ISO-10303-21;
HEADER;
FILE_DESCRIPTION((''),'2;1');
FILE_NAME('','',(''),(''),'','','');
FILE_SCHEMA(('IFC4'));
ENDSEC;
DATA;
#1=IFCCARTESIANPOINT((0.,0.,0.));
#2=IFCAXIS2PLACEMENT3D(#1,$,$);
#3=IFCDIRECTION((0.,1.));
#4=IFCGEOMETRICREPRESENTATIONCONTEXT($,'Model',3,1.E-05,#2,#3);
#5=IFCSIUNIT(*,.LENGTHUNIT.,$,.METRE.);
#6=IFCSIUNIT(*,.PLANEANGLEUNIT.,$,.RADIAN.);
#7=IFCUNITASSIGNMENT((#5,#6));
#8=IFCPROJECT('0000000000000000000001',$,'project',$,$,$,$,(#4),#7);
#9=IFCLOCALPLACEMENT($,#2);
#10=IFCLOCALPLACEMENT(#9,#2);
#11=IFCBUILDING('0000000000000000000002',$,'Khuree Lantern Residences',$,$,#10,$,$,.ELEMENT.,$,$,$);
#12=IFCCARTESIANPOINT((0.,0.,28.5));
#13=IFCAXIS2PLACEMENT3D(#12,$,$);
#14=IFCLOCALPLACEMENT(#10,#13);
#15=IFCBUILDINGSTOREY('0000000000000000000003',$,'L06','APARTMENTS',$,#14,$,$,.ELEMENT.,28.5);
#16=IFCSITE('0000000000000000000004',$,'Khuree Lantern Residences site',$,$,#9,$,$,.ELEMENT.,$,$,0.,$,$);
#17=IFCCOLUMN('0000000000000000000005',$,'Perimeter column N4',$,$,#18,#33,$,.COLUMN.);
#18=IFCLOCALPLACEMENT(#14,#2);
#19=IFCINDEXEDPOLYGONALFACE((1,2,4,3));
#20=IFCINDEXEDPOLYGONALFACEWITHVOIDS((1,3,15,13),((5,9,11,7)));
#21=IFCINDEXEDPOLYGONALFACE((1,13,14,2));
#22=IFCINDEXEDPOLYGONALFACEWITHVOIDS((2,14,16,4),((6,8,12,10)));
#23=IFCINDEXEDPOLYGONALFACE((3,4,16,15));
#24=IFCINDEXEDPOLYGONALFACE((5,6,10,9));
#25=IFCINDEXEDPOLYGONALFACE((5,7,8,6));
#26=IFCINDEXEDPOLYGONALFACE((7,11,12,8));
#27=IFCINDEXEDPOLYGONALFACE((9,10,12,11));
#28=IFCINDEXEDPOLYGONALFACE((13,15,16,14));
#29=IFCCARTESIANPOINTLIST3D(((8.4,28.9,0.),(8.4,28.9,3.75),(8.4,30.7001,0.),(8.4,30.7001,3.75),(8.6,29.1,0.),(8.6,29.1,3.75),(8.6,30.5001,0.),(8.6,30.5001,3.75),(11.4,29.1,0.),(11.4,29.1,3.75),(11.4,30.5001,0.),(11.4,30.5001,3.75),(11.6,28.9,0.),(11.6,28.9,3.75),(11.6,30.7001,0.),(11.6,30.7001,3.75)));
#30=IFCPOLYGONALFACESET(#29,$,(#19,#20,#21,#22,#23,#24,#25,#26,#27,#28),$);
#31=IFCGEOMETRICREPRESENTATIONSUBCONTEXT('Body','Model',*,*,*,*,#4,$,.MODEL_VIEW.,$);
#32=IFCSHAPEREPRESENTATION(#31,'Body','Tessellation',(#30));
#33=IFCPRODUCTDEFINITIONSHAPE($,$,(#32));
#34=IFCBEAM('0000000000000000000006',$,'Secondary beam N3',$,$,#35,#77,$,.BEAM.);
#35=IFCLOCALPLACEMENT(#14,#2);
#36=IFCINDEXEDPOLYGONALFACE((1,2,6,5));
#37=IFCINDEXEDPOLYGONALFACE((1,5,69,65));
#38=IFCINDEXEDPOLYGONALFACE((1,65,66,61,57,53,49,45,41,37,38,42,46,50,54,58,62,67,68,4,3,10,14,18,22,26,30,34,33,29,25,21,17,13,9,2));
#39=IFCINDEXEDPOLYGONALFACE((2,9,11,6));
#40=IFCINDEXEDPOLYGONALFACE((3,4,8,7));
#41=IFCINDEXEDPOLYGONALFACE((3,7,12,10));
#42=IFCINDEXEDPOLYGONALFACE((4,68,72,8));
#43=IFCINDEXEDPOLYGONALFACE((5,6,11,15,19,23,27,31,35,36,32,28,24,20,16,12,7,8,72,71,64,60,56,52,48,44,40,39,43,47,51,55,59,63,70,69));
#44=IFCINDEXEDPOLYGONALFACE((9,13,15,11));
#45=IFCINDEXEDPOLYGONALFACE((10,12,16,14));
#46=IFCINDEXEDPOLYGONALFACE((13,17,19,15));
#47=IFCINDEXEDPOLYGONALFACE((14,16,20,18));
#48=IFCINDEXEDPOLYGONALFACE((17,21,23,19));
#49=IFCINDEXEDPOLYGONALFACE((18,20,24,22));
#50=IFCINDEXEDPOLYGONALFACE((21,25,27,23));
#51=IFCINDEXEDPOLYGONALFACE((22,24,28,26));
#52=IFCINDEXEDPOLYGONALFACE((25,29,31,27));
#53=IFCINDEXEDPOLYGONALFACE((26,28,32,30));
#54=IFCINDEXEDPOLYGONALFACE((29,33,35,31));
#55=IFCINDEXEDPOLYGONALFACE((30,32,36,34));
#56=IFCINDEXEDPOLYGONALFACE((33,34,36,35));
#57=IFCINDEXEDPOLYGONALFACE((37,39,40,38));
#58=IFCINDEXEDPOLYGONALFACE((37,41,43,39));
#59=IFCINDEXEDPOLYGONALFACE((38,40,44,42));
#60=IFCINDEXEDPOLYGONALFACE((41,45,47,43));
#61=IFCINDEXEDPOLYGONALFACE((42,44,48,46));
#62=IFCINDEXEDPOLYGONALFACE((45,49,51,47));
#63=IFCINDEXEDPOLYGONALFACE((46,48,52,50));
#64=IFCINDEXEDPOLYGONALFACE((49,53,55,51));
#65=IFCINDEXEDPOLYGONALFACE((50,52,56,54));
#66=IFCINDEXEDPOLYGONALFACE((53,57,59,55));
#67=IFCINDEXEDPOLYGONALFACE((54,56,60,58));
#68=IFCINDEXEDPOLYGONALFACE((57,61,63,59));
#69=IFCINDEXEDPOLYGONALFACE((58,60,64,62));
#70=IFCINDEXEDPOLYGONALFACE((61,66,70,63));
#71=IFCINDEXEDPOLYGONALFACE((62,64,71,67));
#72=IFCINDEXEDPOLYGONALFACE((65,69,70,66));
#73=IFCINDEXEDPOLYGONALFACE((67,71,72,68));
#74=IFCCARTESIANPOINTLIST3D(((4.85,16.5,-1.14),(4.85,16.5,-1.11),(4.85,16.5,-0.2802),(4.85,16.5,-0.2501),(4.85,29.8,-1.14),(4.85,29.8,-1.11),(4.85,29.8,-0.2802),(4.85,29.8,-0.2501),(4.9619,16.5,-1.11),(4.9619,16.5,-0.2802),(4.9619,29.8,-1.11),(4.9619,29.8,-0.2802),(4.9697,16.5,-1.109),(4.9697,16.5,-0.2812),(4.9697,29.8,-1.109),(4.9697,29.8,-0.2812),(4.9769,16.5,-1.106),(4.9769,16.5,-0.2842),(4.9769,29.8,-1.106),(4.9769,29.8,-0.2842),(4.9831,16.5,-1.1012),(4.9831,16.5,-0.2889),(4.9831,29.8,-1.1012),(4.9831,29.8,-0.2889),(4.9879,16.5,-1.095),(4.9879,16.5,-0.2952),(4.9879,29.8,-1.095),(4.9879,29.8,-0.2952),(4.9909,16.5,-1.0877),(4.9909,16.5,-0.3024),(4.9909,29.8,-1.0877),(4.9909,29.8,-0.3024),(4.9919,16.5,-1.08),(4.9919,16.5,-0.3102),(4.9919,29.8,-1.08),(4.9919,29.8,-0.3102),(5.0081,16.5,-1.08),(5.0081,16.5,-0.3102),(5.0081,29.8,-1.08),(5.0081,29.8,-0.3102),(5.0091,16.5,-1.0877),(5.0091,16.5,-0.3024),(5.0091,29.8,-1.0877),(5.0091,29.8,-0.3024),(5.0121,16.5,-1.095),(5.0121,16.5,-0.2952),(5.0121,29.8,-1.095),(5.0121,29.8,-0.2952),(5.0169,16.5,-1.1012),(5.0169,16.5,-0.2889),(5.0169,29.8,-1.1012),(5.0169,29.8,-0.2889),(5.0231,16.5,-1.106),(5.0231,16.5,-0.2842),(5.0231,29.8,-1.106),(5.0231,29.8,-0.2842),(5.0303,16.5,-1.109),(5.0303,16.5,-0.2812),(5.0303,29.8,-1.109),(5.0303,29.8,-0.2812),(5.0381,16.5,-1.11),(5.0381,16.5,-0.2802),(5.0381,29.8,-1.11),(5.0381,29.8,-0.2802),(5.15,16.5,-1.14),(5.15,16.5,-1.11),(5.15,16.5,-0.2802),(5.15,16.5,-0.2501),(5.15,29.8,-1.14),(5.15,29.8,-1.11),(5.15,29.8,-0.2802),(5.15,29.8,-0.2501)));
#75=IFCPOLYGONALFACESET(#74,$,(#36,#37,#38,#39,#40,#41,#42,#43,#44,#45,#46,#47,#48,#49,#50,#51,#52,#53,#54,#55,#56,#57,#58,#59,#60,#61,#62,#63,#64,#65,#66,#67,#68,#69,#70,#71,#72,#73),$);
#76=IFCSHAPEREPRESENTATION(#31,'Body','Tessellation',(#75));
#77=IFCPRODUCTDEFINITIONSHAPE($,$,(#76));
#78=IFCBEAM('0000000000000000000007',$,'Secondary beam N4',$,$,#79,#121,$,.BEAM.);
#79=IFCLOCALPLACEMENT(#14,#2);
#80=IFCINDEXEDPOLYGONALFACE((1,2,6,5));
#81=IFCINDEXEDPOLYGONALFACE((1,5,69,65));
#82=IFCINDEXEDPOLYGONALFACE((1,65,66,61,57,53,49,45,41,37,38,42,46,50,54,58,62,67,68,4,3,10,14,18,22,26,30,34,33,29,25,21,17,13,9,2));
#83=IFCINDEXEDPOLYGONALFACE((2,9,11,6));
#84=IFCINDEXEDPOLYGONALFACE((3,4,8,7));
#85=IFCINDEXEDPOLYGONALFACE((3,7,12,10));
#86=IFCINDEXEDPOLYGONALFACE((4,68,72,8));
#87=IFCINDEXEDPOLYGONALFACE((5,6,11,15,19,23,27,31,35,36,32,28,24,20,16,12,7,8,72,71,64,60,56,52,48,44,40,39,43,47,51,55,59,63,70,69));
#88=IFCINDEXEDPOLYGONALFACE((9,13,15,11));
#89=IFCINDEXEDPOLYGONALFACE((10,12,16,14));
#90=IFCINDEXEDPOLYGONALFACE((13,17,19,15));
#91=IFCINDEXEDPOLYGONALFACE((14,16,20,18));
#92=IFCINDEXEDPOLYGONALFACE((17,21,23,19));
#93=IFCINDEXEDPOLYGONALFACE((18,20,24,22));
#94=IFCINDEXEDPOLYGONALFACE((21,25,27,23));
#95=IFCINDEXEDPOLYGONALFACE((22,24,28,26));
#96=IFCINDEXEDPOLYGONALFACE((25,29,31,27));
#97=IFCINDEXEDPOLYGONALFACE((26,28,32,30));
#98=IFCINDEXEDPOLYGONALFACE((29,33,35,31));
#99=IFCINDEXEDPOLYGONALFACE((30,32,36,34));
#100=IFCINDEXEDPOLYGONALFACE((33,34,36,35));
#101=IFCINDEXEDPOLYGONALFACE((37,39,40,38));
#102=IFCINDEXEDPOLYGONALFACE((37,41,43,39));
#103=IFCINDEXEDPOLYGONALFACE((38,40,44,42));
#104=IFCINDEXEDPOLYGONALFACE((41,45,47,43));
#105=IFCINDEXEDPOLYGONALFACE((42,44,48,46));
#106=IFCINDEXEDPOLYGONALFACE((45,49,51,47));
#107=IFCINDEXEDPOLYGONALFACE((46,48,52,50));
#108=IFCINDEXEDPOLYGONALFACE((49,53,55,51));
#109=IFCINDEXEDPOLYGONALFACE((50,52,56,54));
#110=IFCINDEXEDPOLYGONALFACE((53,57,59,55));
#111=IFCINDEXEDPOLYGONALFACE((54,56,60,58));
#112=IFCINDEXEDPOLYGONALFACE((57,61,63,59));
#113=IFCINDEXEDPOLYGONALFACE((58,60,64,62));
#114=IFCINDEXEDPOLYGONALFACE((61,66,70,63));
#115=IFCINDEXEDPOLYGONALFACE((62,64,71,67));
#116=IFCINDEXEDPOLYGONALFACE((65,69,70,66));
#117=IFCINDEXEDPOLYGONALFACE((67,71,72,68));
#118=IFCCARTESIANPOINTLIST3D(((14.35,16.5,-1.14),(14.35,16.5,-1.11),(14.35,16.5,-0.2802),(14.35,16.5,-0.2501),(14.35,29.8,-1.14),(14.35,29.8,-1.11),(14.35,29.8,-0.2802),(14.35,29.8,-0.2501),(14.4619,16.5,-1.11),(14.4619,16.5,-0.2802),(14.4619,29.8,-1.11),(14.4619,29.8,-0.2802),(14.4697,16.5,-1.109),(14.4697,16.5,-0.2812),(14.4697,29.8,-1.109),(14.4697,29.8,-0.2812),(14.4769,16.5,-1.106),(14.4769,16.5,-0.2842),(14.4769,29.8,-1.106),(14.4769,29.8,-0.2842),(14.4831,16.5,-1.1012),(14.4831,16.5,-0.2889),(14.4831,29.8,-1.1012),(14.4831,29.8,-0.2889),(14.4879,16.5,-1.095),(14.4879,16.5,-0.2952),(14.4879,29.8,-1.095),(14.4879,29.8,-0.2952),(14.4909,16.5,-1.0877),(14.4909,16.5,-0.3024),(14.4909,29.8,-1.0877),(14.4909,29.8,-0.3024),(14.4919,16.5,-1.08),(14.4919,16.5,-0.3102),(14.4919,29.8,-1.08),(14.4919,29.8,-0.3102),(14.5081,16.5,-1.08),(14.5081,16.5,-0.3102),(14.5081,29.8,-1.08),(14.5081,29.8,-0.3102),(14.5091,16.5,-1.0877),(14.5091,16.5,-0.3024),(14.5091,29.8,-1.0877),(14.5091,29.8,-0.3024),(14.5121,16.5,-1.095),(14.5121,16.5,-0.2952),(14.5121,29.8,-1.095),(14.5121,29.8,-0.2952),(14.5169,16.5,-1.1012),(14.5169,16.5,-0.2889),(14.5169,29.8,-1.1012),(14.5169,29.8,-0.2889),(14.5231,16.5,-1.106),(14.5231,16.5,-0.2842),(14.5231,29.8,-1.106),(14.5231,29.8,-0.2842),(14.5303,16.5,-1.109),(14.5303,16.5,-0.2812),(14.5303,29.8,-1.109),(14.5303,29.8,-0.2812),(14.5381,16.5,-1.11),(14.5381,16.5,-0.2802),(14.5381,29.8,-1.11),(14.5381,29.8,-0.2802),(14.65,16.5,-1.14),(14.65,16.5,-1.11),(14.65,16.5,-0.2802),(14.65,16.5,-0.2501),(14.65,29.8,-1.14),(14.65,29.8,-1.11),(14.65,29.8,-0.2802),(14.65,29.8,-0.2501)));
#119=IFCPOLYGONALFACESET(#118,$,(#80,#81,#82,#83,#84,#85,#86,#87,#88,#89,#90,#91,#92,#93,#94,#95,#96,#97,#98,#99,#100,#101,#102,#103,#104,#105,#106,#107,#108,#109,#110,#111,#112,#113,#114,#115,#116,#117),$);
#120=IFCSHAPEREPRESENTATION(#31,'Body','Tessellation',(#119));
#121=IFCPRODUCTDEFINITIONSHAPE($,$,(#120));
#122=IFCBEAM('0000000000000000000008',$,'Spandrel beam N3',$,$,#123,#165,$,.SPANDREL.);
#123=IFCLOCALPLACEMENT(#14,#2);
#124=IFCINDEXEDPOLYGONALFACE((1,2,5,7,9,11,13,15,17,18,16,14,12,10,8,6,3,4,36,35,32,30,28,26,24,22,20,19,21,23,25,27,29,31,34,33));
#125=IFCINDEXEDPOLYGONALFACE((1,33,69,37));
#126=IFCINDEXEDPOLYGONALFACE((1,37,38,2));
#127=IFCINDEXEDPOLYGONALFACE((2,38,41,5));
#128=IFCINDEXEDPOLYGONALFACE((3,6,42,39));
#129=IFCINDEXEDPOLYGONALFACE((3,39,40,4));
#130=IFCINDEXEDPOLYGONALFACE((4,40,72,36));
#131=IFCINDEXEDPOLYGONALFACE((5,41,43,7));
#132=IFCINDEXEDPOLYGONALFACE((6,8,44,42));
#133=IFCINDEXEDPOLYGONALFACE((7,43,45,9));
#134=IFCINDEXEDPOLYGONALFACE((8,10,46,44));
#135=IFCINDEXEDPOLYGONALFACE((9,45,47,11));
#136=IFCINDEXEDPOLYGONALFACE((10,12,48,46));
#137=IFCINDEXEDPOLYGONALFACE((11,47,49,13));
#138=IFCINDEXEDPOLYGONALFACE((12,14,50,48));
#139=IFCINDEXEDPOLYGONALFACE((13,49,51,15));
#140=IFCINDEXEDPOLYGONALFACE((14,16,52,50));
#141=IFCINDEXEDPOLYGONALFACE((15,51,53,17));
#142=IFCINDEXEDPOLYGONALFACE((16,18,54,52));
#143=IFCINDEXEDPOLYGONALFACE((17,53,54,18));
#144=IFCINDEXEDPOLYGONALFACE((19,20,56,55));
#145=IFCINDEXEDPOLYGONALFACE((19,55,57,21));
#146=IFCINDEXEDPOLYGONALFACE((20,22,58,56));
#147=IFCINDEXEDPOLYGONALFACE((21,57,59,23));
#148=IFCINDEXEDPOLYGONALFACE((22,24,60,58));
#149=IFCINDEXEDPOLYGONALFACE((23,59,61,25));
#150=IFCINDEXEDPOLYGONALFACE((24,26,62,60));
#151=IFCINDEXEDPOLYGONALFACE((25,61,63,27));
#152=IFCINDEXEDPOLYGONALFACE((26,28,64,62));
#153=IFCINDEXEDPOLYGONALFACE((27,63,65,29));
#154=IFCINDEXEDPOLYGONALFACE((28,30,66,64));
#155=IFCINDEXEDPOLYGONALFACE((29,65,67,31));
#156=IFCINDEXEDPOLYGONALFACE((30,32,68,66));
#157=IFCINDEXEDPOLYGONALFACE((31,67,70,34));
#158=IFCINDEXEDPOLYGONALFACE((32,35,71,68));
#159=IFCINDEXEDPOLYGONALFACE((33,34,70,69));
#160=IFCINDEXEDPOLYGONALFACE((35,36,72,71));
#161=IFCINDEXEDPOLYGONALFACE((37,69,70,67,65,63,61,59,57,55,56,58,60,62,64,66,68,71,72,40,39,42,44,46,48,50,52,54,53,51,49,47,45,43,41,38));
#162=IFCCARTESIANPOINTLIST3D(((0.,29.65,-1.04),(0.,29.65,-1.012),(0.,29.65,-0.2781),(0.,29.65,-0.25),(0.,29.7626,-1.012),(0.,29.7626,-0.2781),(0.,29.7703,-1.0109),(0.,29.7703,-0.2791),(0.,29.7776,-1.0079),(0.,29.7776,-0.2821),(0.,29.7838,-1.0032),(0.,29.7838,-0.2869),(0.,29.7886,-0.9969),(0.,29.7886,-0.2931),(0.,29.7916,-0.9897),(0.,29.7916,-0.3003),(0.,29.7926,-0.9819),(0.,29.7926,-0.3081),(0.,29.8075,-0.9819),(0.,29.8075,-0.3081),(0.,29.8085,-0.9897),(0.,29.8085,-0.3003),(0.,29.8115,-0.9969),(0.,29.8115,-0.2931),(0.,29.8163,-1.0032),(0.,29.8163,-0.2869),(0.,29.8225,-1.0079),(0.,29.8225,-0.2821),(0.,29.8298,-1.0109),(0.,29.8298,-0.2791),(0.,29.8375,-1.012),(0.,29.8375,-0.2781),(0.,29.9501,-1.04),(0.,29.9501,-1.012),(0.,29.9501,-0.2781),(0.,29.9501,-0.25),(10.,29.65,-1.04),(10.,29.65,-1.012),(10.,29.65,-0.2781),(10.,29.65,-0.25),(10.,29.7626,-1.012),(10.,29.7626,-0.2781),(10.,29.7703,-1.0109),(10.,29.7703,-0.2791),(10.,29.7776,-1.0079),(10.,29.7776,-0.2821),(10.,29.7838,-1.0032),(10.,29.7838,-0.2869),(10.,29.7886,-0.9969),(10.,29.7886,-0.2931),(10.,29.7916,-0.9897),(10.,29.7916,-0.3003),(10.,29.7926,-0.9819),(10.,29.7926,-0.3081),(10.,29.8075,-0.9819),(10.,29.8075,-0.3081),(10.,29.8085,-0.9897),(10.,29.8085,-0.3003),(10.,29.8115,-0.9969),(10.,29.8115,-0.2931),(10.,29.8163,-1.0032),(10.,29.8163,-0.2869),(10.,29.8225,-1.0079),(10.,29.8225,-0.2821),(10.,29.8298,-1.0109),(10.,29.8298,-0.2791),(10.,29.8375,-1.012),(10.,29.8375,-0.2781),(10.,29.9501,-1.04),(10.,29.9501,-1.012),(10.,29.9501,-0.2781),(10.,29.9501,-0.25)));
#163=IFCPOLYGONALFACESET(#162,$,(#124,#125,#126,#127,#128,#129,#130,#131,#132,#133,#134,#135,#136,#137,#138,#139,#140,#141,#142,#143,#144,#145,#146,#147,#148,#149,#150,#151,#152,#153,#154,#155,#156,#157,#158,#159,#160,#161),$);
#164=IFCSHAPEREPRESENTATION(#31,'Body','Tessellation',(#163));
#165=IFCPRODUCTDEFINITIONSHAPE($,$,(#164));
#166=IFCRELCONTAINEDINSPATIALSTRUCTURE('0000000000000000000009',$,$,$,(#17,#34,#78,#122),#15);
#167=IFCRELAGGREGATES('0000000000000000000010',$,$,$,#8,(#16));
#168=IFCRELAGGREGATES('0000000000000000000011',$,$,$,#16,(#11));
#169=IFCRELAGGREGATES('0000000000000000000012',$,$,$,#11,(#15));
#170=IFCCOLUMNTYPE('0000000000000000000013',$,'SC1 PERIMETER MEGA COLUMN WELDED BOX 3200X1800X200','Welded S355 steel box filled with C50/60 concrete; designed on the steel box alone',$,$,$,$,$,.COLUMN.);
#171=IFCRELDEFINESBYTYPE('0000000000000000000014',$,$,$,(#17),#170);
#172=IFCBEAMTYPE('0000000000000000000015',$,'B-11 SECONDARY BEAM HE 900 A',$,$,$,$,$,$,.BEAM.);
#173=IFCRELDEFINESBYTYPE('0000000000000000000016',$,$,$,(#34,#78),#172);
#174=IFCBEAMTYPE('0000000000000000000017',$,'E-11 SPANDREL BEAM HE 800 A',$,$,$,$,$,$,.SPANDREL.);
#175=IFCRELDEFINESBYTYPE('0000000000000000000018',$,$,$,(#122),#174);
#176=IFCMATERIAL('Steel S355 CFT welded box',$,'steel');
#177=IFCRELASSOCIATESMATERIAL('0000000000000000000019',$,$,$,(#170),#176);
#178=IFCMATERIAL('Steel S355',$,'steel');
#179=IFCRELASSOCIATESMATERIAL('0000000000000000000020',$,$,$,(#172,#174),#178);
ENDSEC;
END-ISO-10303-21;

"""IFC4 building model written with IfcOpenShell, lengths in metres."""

from ifc_helpers import new_model, si_unit, direction, frame, origin, origin_2d, place, context, subcontext, project, spatial, hollow_rectangle, i_section, extrude, material, material_profile, profile_set, type_object, element, save


model = new_model("IFC4")

# Units and contexts
model_context = context("Model", 3, precision=1e-05, world=origin(), true_north=direction((0.0, 1.0)))
body_context = subcontext(model_context, "Body", "Model", "MODEL_VIEW")
ifc_project = project(units=[si_unit("LENGTHUNIT", "METRE"), si_unit("PLANEANGLEUNIT", "RADIAN")], contexts=[model_context])

# Site, building, storey
site_placement = place(None, origin())
site = spatial("IfcSite", under=ifc_project, at=site_placement, Name="Khuree Lantern Residences site", CompositionType="ELEMENT", RefElevation=0.0)
building_placement = place(site_placement, origin())
building = spatial("IfcBuilding", under=site, at=building_placement, Name="Khuree Lantern Residences", CompositionType="ELEMENT")
storey_placement = place(building_placement, frame((0.0, 0.0, 28.5)))
storey = spatial("IfcBuildingStorey", under=building, at=storey_placement, Name="L06", Description="APARTMENTS", CompositionType="ELEMENT", Elevation=28.5)

# Column
ifc_material_1 = material(Name="Steel S355 CFT welded box", Category="steel")
ifc_material_profile_1 = material_profile(ifc_material_1, hollow_rectangle(XDim=3.2, YDim=1.8, WallThickness=0.2, at=origin_2d()), Name="WELDED BOX 3200X1800X200")
ifc_profile_set_1 = profile_set([ifc_material_profile_1], Name="Steel S355 CFT welded box")
column_type = type_object("IfcColumnType", Name="SC1 PERIMETER MEGA COLUMN WELDED BOX 3200X1800X200", Description="Welded S355 steel box filled with C50/60 concrete; designed on the steel box alone", PredefinedType="COLUMN", material=ifc_profile_set_1)
column_placement = place(storey_placement, frame((10.0, 29.8, 0.0), z_axis=(0.0, 0.0, 1.0), x_axis=(1.0, 0.0, 0.0)))
element("IfcColumn", 1, at=column_placement, inside=storey, type_object=column_type, Name="Perimeter column N4", PredefinedType="COLUMN", context=body_context, shape_type="SweptSolid", body=[
    extrude(hollow_rectangle(XDim=3.2, YDim=1.8, WallThickness=0.2, at=origin_2d()), origin(), (0.0, 0.0, 1.0), 3.75),
])

# Beams
ifc_material_2 = material(Name="Steel S355", Category="steel")
ifc_material_profile_2 = material_profile(ifc_material_2, i_section(OverallWidth=0.3, OverallDepth=0.8899, WebThickness=0.0161, FlangeThickness=0.03, FilletRadius=0.03, at=origin_2d()), Name="HE 900 A")
ifc_profile_set_2 = profile_set([ifc_material_profile_2], Name="Steel S355")
beam_type_1 = type_object("IfcBeamType", Name="B-11 SECONDARY BEAM HE 900 A", PredefinedType="BEAM", material=ifc_profile_set_2)
for number, where, z_axis, x_axis, name in (
    (2, (5.0, 29.8, -0.6951), (0.0, -1.0, 0.0), (1.0, 0.0, 0.0), "Secondary beam N3"),
    (3, (14.5, 29.8, -0.6951), (0.0, -1.0, 0.0), (1.0, 0.0, 0.0), "Secondary beam N4"),
):
    element("IfcBeam", number, at=place(storey_placement, frame(where, z_axis=z_axis, x_axis=x_axis)), inside=storey, type_object=beam_type_1, Name=name, PredefinedType="BEAM", context=body_context, shape_type="SweptSolid", body=[
        extrude(i_section(OverallWidth=0.3, OverallDepth=0.8899, WebThickness=0.0161, FlangeThickness=0.03, FilletRadius=0.03, at=origin_2d()), origin(), (0.0, 0.0, 1.0), 13.3),
    ])
ifc_material_profile_3 = material_profile(ifc_material_2, i_section(OverallWidth=0.3, OverallDepth=0.79, WebThickness=0.0149, FlangeThickness=0.0281, FilletRadius=0.03, at=origin_2d()), Name="HE 800 A")
ifc_profile_set_3 = profile_set([ifc_material_profile_3], Name="Steel S355")
beam_type_2 = type_object("IfcBeamType", Name="E-11 SPANDREL BEAM HE 800 A", PredefinedType="SPANDREL", material=ifc_profile_set_3)
for number, where, z_axis, x_axis, name in (
    (4, (0.0, 29.8, -0.645), (1.0, 0.0, 0.0), (0.0, 1.0, 0.0), "Spandrel beam N3"),
):
    element("IfcBeam", number, at=place(storey_placement, frame(where, z_axis=z_axis, x_axis=x_axis)), inside=storey, type_object=beam_type_2, Name=name, PredefinedType="SPANDREL", context=body_context, shape_type="SweptSolid", body=[
        extrude(i_section(OverallWidth=0.3, OverallDepth=0.79, WebThickness=0.0149, FlangeThickness=0.0281, FilletRadius=0.03, at=origin_2d()), origin(), (0.0, 0.0, 1.0), 10.0),
    ])

save(model, "model.ifc")
